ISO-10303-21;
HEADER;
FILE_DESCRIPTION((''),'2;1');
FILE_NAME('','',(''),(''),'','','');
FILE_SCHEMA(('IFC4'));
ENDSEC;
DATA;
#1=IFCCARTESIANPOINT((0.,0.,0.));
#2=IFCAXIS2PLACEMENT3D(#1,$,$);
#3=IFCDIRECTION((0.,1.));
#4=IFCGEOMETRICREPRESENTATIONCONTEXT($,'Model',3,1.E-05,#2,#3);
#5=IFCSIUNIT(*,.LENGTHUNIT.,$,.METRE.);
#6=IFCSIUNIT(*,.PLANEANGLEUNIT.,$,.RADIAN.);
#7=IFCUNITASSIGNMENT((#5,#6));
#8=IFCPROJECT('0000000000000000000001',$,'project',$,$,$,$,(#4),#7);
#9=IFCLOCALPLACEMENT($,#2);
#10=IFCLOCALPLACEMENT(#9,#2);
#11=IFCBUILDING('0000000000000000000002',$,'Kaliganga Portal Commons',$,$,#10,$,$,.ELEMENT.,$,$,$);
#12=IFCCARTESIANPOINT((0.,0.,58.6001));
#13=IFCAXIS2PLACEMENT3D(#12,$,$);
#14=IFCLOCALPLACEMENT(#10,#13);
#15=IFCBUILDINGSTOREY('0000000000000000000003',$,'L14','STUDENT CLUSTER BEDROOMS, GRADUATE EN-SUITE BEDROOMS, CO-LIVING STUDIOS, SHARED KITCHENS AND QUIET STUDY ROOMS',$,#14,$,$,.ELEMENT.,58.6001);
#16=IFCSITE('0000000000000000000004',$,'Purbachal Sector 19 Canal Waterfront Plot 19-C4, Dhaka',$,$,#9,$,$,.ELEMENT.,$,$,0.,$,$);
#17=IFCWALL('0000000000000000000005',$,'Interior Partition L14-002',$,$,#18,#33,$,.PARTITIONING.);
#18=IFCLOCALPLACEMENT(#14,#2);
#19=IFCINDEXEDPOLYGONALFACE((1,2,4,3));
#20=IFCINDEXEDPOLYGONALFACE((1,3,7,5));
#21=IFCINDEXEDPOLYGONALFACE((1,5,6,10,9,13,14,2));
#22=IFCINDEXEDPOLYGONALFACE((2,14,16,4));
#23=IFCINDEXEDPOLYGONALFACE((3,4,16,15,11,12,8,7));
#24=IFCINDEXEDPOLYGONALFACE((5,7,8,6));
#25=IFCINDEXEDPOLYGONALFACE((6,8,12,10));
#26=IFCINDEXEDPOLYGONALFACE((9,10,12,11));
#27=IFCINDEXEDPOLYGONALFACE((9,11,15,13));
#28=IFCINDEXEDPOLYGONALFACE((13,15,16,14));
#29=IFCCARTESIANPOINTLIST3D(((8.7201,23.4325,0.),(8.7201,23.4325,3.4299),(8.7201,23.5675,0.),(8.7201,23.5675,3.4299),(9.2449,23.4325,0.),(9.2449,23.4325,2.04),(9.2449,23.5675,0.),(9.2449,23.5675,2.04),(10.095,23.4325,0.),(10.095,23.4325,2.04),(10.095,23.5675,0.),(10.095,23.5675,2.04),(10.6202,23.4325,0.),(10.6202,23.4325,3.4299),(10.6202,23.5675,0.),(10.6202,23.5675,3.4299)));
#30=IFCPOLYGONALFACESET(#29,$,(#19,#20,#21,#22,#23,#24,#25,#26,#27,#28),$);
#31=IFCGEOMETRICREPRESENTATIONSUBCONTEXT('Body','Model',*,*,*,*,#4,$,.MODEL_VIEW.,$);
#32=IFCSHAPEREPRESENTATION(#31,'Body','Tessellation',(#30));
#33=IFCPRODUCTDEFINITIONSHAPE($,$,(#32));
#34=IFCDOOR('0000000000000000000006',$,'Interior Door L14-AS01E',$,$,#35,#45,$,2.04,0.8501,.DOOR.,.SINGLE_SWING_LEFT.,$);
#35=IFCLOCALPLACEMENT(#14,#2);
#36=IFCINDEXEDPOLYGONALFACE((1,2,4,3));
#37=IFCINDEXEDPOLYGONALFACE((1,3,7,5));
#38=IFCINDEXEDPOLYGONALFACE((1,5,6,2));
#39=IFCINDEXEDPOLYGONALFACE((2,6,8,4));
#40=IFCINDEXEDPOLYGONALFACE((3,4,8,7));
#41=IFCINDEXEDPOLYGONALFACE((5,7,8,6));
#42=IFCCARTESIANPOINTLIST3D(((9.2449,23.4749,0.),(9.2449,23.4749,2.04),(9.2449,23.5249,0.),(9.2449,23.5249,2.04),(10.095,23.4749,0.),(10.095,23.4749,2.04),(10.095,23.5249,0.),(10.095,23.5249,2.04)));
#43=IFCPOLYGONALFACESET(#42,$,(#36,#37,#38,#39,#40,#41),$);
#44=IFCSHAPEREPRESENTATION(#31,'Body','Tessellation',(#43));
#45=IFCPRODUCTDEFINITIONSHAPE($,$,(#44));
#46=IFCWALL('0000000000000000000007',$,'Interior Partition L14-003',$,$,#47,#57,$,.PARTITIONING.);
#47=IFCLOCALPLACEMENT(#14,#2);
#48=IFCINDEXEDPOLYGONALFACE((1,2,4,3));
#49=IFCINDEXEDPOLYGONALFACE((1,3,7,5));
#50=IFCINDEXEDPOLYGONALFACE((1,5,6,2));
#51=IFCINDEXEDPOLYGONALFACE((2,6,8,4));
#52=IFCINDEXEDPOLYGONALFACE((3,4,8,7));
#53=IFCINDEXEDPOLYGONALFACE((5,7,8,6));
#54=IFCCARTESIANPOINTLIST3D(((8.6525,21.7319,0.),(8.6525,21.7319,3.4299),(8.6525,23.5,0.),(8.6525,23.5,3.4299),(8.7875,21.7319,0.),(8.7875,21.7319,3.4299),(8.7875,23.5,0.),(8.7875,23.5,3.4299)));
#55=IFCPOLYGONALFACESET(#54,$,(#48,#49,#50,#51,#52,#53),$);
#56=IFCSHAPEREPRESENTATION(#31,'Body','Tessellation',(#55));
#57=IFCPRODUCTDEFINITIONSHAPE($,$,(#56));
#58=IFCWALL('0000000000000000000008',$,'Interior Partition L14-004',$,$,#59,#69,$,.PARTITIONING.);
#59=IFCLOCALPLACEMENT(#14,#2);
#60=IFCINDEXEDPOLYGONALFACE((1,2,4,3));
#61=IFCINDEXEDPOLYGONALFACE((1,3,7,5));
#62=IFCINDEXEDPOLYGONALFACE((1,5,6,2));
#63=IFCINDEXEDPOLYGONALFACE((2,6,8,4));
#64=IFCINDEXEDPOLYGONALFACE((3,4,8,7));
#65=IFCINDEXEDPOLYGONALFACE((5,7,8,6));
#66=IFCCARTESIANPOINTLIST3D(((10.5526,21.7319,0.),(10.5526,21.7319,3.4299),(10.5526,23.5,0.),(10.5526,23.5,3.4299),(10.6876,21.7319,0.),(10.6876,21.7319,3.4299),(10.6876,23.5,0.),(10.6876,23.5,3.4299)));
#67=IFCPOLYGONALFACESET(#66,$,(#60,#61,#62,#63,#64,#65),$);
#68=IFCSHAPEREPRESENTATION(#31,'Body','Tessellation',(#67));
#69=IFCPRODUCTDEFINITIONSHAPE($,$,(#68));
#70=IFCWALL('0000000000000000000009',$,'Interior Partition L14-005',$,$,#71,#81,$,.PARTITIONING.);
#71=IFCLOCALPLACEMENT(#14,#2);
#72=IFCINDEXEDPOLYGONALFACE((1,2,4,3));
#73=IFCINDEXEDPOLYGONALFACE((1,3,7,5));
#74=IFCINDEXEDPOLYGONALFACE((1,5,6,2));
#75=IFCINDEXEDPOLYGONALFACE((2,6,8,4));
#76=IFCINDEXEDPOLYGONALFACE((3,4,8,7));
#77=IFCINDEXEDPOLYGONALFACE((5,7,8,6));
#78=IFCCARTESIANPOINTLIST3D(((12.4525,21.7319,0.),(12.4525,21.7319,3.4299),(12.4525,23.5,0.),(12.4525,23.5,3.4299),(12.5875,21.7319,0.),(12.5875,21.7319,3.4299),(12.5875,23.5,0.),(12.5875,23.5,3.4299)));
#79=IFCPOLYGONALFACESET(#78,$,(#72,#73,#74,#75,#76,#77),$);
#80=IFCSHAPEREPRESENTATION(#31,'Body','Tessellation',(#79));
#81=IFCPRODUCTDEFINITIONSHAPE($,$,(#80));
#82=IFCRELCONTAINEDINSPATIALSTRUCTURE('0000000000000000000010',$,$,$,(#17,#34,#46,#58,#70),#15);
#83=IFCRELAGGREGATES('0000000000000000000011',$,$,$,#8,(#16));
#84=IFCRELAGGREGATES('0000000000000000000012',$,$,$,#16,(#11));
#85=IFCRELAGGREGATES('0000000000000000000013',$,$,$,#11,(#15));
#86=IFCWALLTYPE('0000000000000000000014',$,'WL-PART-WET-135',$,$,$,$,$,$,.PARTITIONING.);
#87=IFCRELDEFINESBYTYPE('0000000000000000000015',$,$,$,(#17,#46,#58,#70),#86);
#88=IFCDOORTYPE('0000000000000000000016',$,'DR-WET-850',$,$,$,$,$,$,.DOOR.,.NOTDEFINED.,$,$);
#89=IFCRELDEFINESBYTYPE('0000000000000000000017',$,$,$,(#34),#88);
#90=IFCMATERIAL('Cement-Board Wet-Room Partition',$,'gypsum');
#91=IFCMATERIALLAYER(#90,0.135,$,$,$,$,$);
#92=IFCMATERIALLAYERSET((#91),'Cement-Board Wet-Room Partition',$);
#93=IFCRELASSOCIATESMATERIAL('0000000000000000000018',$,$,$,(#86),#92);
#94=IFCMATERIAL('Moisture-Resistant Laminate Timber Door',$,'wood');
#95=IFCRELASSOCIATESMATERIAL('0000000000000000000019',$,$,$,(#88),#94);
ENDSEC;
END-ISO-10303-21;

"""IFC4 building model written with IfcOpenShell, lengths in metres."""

from ifc_helpers import new_model, si_unit, direction, frame, frame_2d, origin, place, context, subcontext, project, spatial, rectangle, extrude, material, layer, layer_set, type_object, element, fill, save


model = new_model("IFC4")

# Units and contexts
model_context = context("Model", 3, precision=1e-05, world=origin(), true_north=direction((0.0, 1.0)))
body_context = subcontext(model_context, "Body", "Model", "MODEL_VIEW")
ifc_project = project(units=[si_unit("LENGTHUNIT", "METRE"), si_unit("PLANEANGLEUNIT", "RADIAN")], contexts=[model_context])

# Site, building, storey
site_placement = place(None, origin())
site = spatial("IfcSite", under=ifc_project, at=site_placement, Name="Purbachal Sector 19 Canal Waterfront Plot 19-C4, Dhaka", CompositionType="ELEMENT", RefElevation=0.0)
building_placement = place(site_placement, origin())
building = spatial("IfcBuilding", under=site, at=building_placement, Name="Kaliganga Portal Commons", CompositionType="ELEMENT")
storey_placement = place(building_placement, frame((0.0, 0.0, 58.6001)))
storey = spatial("IfcBuildingStorey", under=building, at=storey_placement, Name="L14", Description="STUDENT CLUSTER BEDROOMS, GRADUATE EN-SUITE BEDROOMS, CO-LIVING STUDIOS, SHARED KITCHENS AND QUIET STUDY ROOMS", CompositionType="ELEMENT", Elevation=58.6001)

# Wall, opening, door
ifc_material_1 = material(Name="Cement-Board Wet-Room Partition", Category="gypsum")
ifc_layer_1 = layer(ifc_material_1, 0.135)
ifc_layer_set_1 = layer_set([ifc_layer_1], Name="Cement-Board Wet-Room Partition")
wall_type_1 = type_object("IfcWallType", Name="WL-PART-WET-135", PredefinedType="PARTITIONING", material=ifc_layer_set_1)
ifc_material_2 = material(Name="Moisture-Resistant Laminate Timber Door", Category="wood")
door_type_1 = type_object("IfcDoorType", Name="DR-WET-850", OperationType="NOTDEFINED", PredefinedType="DOOR", material=ifc_material_2)
wall_1_placement = place(storey_placement, frame((8.72, 23.5, 0.0), z_axis=(0.0, 0.0, 1.0), x_axis=(1.0, 0.0, 0.0)))
wall_1 = element("IfcWall", 1, at=wall_1_placement, inside=storey, type_object=wall_type_1, Name="Interior Partition L14-002", PredefinedType="PARTITIONING", context=body_context, shape_type="SweptSolid", body=[
    extrude(rectangle(XDim=1.9001, YDim=0.135, at=frame_2d((0.9502, 0.0))), origin(), (0.0, 0.0, 1.0), 3.4299),
])
opening_1_placement = place(wall_1_placement, frame((0.5249, 0.0, 0.0)))
opening_1 = element("IfcOpeningElement", 2, at=opening_1_placement, cuts=wall_1, PredefinedType="OPENING", context=body_context, shape_type="SweptSolid", body=[
    extrude(rectangle(XDim=0.8501, YDim=2.04, at=frame_2d((0.425, 1.02))), frame((0.0, 0.0776, 0.0), z_axis=(0.0, -1.0, 0.0), x_axis=(1.0, 0.0, 0.0)), (0.0, 0.0, 1.0), 0.155),
])
door_1_placement = place(opening_1_placement, origin())
door_1 = element("IfcDoor", 3, at=door_1_placement, inside=storey, type_object=door_type_1, Name="Interior Door L14-AS01E", OperationType="SINGLE_SWING_LEFT", OverallHeight=2.04, OverallWidth=0.8501, PredefinedType="DOOR", context=body_context, shape_type="SweptSolid", body=[
    extrude(rectangle(XDim=0.8501, YDim=2.04, at=frame_2d((0.425, 1.02))), frame((0.0, 0.0249, 0.0), z_axis=(0.0, -1.0, 0.0), x_axis=(1.0, 0.0, 0.0)), (0.0, 0.0, 1.0), 0.05),
])
fill(opening_1, door_1)

# Walls
for number, where, z_axis, x_axis, name in (
    (4, (8.72, 21.7319, 0.0), (0.0, 0.0, 1.0), (0.0, 1.0, 0.0), "Interior Partition L14-003"),
    (5, (10.6201, 21.7319, 0.0), (0.0, 0.0, 1.0), (0.0, 1.0, 0.0), "Interior Partition L14-004"),
    (6, (12.52, 21.7319, 0.0), (0.0, 0.0, 1.0), (0.0, 1.0, 0.0), "Interior Partition L14-005"),
):
    element("IfcWall", number, at=place(storey_placement, frame(where, z_axis=z_axis, x_axis=x_axis)), inside=storey, type_object=wall_type_1, Name=name, PredefinedType="PARTITIONING", context=body_context, shape_type="SweptSolid", body=[
        extrude(rectangle(XDim=1.7681, YDim=0.135, at=frame_2d((0.884, 0.0))), origin(), (0.0, 0.0, 1.0), 3.4299),
    ])

save(model, "model.ifc")
